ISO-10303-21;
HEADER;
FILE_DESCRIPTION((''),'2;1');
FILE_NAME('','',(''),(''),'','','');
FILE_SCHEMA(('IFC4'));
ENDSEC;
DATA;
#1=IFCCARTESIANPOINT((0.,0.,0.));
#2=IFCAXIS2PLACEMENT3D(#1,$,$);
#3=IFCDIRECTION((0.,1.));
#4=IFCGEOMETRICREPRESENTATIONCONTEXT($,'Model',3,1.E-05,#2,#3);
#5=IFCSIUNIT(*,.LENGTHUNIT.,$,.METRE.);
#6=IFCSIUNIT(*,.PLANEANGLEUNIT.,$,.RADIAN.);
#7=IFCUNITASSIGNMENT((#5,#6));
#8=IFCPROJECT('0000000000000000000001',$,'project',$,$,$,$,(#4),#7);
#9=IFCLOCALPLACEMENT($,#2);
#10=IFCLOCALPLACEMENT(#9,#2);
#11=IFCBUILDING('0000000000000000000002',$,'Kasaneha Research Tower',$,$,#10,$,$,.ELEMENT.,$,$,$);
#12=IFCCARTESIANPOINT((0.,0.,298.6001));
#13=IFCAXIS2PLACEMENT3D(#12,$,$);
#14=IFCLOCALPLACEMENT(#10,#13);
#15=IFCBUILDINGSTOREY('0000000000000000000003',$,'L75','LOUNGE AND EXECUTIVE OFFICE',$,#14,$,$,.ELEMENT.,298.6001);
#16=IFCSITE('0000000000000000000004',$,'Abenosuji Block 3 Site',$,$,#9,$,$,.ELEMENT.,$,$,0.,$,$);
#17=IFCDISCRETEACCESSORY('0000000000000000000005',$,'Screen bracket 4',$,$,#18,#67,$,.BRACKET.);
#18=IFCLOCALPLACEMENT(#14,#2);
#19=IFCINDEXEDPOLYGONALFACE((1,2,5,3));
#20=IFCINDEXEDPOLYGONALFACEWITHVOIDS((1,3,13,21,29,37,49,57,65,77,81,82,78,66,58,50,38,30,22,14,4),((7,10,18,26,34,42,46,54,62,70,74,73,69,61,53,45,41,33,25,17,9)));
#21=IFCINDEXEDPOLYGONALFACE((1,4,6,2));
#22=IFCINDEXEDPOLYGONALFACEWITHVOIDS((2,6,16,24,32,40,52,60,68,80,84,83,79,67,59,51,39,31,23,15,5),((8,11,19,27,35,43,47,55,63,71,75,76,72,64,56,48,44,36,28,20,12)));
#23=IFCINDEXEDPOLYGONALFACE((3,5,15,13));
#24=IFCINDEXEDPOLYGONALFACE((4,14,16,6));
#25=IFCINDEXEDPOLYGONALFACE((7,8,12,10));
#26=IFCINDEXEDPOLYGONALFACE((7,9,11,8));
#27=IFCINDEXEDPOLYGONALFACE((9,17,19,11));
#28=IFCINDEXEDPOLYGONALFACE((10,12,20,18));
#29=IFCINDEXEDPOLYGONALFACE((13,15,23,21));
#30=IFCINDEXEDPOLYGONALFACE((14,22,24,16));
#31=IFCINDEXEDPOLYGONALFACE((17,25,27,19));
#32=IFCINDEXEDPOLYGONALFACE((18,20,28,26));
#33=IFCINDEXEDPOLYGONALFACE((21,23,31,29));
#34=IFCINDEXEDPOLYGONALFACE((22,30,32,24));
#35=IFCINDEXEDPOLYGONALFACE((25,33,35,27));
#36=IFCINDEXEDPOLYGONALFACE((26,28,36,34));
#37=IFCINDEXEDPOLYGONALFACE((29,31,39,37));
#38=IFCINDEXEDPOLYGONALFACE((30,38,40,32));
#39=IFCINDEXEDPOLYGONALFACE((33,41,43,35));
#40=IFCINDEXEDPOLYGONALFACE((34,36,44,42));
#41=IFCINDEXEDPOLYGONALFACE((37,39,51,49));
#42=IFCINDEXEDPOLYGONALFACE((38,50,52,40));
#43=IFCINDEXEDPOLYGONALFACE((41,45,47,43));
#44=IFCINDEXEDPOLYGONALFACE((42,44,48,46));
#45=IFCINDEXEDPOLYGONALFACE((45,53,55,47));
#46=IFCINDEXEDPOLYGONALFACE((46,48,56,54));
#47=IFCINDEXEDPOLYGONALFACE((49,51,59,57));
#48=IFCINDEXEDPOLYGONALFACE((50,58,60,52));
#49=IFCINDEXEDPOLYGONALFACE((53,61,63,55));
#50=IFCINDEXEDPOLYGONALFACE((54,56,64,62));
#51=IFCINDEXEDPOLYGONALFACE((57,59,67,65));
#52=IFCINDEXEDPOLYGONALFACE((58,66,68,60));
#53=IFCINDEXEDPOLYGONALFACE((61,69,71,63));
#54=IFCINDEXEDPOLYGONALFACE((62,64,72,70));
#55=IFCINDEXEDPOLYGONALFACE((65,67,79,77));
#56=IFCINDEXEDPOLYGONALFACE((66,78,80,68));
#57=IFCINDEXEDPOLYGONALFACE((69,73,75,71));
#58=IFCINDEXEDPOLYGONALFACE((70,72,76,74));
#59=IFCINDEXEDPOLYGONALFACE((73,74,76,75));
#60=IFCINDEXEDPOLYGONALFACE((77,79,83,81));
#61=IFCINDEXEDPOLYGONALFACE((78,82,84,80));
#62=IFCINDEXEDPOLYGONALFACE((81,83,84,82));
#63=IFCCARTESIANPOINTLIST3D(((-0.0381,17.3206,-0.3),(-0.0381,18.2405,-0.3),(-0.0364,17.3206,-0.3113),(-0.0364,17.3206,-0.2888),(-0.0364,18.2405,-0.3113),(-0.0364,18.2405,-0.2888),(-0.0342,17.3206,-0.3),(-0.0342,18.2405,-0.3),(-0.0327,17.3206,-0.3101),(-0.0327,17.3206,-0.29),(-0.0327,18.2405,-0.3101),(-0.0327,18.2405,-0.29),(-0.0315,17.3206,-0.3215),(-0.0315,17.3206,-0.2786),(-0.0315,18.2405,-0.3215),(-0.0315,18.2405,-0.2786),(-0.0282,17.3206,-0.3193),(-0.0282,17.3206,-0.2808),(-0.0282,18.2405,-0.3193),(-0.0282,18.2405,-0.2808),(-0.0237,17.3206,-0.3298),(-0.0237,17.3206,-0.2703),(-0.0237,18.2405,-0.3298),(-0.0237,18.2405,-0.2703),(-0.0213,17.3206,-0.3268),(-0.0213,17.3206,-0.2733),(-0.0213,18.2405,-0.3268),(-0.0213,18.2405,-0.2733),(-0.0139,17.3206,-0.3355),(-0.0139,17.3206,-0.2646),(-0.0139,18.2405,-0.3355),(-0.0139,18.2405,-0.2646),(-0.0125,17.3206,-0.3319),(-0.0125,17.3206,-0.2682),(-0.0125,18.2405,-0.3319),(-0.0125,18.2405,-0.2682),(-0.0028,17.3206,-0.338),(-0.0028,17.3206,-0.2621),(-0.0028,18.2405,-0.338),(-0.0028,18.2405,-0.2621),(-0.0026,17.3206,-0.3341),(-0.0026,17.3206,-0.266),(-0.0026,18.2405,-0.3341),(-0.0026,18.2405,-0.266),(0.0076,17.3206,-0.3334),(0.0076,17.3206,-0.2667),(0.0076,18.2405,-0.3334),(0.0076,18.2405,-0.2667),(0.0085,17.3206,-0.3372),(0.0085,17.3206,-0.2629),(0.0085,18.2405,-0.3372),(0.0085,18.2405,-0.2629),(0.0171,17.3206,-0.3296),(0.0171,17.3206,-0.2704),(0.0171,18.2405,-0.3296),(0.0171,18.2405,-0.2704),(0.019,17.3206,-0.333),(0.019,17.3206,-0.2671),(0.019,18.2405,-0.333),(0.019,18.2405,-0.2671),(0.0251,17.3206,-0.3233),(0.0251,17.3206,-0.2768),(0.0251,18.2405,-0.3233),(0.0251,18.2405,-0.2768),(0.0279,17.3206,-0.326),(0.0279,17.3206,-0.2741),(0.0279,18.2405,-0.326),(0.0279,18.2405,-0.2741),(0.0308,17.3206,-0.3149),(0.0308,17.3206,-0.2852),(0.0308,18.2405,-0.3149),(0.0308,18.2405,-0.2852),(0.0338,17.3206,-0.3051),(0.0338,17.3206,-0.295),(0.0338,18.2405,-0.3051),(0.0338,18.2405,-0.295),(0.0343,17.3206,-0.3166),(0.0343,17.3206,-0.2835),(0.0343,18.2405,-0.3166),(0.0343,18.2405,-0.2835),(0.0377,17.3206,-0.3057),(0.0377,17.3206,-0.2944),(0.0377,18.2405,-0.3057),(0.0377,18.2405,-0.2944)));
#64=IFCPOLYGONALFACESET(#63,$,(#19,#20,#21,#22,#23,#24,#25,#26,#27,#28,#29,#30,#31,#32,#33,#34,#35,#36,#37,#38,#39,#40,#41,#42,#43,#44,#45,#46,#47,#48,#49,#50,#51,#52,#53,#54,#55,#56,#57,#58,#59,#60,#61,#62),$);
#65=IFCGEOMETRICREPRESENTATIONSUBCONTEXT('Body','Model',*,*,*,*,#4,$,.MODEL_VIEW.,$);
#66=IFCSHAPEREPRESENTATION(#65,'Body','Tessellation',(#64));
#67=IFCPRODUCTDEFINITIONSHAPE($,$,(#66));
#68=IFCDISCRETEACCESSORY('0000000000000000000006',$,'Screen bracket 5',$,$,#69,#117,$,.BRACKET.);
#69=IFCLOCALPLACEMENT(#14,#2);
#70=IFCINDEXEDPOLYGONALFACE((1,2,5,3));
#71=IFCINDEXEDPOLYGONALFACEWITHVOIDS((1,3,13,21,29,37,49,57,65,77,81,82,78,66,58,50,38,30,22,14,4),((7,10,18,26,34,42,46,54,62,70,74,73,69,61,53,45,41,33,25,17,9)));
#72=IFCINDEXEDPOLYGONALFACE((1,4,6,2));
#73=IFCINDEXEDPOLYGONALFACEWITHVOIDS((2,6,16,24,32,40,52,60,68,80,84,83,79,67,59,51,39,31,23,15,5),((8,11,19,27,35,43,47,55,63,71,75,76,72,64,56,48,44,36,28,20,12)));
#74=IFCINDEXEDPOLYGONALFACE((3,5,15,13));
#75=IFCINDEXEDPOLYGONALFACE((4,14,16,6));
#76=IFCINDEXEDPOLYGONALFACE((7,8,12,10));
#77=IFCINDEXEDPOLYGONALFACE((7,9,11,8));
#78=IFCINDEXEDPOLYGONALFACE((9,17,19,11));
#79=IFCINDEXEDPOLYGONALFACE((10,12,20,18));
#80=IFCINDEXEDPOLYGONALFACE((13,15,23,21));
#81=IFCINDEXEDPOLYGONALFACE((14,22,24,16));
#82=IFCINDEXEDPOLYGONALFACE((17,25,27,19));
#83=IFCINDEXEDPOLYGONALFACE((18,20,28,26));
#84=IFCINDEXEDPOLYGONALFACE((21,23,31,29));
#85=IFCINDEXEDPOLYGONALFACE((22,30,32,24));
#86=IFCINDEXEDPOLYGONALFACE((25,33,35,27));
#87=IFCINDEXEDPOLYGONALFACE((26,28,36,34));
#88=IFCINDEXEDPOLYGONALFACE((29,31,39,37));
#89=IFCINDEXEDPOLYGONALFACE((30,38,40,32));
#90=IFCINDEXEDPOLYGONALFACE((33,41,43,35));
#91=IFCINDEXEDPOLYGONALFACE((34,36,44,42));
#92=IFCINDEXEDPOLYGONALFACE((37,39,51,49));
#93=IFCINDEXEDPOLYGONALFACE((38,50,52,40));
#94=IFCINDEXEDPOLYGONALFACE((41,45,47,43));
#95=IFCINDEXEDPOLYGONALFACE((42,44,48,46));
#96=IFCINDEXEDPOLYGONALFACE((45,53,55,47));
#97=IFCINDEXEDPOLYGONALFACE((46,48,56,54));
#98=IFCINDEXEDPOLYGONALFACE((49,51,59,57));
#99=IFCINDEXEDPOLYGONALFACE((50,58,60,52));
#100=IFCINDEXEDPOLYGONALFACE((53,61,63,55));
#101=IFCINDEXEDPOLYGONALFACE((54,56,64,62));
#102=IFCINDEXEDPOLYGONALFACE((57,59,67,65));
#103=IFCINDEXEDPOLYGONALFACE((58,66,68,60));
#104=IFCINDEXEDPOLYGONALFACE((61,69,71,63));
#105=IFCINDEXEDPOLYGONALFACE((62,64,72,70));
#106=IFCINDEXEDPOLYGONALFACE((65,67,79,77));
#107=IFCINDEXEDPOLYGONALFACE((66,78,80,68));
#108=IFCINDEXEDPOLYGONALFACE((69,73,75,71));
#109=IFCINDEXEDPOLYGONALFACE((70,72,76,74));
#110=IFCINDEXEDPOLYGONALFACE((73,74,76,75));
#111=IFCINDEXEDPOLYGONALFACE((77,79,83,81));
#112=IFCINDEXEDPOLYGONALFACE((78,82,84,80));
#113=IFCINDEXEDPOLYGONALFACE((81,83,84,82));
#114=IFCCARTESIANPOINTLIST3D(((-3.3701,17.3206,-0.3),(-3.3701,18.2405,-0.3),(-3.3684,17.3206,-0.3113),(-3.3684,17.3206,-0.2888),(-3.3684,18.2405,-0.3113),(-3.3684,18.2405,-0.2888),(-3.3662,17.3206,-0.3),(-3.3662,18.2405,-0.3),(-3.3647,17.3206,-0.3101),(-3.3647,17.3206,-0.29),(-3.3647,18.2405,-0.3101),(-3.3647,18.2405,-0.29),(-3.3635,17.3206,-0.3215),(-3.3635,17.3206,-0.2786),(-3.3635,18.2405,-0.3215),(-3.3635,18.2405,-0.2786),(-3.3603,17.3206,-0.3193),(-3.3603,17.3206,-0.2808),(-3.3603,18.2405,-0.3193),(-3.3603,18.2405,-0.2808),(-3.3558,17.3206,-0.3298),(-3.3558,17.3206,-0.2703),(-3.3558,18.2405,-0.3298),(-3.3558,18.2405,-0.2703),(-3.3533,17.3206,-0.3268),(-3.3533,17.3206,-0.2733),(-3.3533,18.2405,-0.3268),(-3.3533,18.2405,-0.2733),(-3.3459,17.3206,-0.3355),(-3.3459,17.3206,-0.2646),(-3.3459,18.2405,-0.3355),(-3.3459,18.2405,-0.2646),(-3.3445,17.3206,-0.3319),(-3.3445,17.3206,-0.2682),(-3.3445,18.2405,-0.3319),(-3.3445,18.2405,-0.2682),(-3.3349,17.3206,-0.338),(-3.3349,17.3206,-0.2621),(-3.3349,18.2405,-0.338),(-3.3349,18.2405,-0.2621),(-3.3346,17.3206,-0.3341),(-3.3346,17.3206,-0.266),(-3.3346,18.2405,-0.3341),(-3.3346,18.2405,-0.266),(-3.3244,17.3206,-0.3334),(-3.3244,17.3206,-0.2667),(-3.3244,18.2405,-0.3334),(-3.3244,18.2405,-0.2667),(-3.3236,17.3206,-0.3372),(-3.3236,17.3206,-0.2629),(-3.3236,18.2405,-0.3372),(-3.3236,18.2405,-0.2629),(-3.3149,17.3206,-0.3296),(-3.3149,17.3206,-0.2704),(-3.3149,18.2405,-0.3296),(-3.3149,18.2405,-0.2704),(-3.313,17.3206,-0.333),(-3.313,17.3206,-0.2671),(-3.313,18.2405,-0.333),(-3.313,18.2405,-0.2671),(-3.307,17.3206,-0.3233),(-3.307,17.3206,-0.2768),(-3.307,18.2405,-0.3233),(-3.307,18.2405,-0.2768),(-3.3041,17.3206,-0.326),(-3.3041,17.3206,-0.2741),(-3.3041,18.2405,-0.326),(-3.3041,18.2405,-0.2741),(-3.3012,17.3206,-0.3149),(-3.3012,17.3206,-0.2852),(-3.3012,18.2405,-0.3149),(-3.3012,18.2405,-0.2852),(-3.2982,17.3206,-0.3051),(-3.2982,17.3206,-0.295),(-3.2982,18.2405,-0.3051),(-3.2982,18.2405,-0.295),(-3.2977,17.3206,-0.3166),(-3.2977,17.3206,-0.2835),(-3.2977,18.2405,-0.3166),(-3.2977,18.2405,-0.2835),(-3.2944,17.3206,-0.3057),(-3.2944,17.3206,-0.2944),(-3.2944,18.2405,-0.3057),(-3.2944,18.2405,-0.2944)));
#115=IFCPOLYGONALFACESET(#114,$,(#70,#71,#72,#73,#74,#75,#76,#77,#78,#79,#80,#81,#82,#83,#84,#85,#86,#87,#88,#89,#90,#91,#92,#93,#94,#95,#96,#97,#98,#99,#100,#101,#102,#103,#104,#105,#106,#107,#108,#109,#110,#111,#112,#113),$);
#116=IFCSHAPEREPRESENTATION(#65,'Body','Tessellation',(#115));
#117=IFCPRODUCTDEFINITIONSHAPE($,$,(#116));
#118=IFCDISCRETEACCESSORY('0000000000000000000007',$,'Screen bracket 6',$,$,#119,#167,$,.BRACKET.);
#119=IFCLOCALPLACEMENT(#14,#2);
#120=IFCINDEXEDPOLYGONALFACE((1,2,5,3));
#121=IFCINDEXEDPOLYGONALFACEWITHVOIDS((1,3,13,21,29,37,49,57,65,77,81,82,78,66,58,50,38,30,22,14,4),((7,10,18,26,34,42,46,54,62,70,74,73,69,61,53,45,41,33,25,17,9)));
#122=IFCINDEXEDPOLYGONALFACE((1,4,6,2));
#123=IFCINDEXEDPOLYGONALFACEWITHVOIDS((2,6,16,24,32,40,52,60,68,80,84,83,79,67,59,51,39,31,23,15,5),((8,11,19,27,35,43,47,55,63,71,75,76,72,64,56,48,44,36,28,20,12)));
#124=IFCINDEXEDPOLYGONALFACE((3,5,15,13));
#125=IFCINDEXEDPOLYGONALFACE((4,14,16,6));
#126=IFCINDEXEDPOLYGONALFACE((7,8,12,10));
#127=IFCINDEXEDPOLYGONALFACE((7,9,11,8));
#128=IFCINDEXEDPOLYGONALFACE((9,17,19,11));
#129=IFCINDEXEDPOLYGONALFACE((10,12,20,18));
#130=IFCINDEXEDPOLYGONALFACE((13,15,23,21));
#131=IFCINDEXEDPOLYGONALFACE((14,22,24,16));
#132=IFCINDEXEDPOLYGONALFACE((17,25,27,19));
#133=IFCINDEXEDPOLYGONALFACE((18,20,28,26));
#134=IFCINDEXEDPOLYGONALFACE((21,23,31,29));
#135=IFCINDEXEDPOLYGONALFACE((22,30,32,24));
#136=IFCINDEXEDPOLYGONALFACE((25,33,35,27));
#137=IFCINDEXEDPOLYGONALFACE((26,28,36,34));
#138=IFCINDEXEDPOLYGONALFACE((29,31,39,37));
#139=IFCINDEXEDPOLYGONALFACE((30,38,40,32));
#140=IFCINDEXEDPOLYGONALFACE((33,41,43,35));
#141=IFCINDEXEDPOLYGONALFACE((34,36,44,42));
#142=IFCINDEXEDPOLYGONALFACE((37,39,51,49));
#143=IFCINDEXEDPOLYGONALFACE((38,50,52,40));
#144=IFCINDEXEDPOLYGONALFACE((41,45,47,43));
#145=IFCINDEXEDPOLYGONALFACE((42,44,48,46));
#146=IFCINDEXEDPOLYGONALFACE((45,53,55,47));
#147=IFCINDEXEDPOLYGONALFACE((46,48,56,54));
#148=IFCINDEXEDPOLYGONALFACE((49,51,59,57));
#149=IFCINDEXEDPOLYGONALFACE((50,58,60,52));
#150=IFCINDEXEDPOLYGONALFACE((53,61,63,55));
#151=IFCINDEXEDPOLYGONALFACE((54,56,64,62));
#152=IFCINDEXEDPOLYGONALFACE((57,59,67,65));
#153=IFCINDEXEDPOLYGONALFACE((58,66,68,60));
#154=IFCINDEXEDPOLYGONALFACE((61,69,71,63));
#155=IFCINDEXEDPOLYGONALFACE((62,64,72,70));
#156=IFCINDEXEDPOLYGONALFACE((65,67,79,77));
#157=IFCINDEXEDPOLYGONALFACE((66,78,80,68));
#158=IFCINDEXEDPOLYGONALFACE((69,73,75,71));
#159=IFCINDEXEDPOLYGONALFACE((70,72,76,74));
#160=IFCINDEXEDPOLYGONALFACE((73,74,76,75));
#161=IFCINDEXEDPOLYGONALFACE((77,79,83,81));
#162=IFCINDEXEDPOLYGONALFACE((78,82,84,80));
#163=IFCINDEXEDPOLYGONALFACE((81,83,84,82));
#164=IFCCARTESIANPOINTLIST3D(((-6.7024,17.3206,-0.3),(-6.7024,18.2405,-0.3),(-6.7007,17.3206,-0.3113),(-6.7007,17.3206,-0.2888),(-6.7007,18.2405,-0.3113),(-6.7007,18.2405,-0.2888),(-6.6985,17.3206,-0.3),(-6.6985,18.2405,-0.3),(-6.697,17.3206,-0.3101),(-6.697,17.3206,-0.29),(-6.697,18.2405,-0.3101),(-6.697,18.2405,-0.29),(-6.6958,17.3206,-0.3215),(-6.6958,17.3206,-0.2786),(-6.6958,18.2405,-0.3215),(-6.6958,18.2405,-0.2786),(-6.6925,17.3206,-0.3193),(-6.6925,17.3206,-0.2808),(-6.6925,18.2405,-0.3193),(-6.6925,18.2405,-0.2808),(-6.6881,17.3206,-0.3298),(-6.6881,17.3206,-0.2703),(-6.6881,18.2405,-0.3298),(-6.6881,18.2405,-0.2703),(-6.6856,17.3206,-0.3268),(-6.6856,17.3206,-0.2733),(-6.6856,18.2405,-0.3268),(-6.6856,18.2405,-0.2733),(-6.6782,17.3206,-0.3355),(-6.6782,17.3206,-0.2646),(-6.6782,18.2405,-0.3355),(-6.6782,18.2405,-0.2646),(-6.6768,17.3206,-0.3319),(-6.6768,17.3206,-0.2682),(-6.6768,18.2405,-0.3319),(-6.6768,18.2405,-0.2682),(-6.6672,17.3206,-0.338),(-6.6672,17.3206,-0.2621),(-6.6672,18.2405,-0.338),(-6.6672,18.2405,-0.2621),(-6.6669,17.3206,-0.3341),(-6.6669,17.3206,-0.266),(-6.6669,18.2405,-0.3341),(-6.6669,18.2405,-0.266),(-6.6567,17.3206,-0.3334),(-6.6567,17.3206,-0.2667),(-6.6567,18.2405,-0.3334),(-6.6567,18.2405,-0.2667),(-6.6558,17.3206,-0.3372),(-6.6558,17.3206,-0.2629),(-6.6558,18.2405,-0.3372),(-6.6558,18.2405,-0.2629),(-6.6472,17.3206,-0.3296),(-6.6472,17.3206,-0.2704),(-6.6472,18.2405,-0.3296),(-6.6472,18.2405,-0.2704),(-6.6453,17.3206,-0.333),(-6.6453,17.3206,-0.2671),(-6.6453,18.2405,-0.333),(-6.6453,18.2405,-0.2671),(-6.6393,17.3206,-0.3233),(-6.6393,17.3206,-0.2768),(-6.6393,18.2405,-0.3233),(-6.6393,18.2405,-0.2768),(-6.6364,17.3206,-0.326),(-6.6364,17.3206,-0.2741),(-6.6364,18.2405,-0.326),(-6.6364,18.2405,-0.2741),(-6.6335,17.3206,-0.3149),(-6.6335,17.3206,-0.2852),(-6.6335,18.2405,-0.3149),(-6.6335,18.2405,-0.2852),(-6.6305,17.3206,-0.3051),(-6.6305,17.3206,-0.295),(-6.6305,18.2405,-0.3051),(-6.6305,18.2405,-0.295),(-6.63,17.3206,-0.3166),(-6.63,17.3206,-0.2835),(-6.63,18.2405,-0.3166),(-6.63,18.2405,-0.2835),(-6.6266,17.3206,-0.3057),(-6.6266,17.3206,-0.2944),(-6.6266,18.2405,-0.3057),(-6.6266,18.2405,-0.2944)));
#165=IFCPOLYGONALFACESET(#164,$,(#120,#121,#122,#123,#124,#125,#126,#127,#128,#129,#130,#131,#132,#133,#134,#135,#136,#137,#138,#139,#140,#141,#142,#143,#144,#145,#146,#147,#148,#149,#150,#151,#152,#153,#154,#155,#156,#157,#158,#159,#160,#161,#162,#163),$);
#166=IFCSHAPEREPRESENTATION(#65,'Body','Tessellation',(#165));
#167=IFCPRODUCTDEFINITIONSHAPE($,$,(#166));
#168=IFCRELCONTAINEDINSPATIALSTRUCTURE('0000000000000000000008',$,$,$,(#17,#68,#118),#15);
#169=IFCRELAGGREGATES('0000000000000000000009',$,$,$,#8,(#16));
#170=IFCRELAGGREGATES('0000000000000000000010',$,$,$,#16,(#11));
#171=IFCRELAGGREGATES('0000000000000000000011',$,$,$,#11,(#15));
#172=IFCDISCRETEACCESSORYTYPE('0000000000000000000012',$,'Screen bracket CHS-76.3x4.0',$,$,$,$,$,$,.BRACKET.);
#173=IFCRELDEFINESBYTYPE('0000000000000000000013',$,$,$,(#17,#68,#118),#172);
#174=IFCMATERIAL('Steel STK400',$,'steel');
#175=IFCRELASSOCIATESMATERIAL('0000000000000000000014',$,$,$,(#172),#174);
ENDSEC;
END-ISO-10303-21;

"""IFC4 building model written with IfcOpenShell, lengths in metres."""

from ifc_helpers import new_model, si_unit, direction, frame, origin, origin_2d, place, context, subcontext, project, spatial, hollow_circle, extrude, material, material_profile, profile_set, type_object, element, save


model = new_model("IFC4")

# Units and contexts
model_context = context("Model", 3, precision=1e-05, world=origin(), true_north=direction((0.0, 1.0)))
body_context = subcontext(model_context, "Body", "Model", "MODEL_VIEW")
ifc_project = project(units=[si_unit("LENGTHUNIT", "METRE"), si_unit("PLANEANGLEUNIT", "RADIAN")], contexts=[model_context])

# Site, building, storey
site_placement = place(None, origin())
site = spatial("IfcSite", under=ifc_project, at=site_placement, Name="Abenosuji Block 3 Site", CompositionType="ELEMENT", RefElevation=0.0)
building_placement = place(site_placement, origin())
building = spatial("IfcBuilding", under=site, at=building_placement, Name="Kasaneha Research Tower", CompositionType="ELEMENT")
storey_placement = place(building_placement, frame((0.0, 0.0, 298.6001)))
storey = spatial("IfcBuildingStorey", under=building, at=storey_placement, Name="L75", Description="LOUNGE AND EXECUTIVE OFFICE", CompositionType="ELEMENT", Elevation=298.6001)

# Discrete accessories
ifc_material_1 = material(Name="Steel STK400", Category="steel")
ifc_material_profile_1 = material_profile(ifc_material_1, hollow_circle(Radius=0.0381, WallThickness=0.0039, at=origin_2d()), Name="CHS-76.3x4.0")
ifc_profile_set_1 = profile_set([ifc_material_profile_1], Name="Steel STK400")
discrete_accessory_type = type_object("IfcDiscreteAccessoryType", Name="Screen bracket CHS-76.3x4.0", PredefinedType="BRACKET", material=ifc_profile_set_1)
for number, where, z_axis, x_axis, name in (
    (1, (0.0, 17.3206, -0.3), (0.0, 1.0, 0.0), (-1.0, 0.0, 0.0), "Screen bracket 4"),
    (2, (-3.332, 17.3206, -0.3), (0.0, 1.0, 0.0), (-1.0, 0.0, 0.0), "Screen bracket 5"),
    (3, (-6.6643, 17.3206, -0.3), (0.0, 1.0, 0.0), (-1.0, 0.0, 0.0), "Screen bracket 6"),
):
    element("IfcDiscreteAccessory", number, at=place(storey_placement, frame(where, z_axis=z_axis, x_axis=x_axis)), inside=storey, type_object=discrete_accessory_type, Name=name, PredefinedType="BRACKET", context=body_context, shape_type="SweptSolid", body=[
        extrude(hollow_circle(Radius=0.0381, WallThickness=0.0039, at=origin_2d()), origin(), (0.0, 0.0, 1.0), 0.9199),
    ])

save(model, "model.ifc")
